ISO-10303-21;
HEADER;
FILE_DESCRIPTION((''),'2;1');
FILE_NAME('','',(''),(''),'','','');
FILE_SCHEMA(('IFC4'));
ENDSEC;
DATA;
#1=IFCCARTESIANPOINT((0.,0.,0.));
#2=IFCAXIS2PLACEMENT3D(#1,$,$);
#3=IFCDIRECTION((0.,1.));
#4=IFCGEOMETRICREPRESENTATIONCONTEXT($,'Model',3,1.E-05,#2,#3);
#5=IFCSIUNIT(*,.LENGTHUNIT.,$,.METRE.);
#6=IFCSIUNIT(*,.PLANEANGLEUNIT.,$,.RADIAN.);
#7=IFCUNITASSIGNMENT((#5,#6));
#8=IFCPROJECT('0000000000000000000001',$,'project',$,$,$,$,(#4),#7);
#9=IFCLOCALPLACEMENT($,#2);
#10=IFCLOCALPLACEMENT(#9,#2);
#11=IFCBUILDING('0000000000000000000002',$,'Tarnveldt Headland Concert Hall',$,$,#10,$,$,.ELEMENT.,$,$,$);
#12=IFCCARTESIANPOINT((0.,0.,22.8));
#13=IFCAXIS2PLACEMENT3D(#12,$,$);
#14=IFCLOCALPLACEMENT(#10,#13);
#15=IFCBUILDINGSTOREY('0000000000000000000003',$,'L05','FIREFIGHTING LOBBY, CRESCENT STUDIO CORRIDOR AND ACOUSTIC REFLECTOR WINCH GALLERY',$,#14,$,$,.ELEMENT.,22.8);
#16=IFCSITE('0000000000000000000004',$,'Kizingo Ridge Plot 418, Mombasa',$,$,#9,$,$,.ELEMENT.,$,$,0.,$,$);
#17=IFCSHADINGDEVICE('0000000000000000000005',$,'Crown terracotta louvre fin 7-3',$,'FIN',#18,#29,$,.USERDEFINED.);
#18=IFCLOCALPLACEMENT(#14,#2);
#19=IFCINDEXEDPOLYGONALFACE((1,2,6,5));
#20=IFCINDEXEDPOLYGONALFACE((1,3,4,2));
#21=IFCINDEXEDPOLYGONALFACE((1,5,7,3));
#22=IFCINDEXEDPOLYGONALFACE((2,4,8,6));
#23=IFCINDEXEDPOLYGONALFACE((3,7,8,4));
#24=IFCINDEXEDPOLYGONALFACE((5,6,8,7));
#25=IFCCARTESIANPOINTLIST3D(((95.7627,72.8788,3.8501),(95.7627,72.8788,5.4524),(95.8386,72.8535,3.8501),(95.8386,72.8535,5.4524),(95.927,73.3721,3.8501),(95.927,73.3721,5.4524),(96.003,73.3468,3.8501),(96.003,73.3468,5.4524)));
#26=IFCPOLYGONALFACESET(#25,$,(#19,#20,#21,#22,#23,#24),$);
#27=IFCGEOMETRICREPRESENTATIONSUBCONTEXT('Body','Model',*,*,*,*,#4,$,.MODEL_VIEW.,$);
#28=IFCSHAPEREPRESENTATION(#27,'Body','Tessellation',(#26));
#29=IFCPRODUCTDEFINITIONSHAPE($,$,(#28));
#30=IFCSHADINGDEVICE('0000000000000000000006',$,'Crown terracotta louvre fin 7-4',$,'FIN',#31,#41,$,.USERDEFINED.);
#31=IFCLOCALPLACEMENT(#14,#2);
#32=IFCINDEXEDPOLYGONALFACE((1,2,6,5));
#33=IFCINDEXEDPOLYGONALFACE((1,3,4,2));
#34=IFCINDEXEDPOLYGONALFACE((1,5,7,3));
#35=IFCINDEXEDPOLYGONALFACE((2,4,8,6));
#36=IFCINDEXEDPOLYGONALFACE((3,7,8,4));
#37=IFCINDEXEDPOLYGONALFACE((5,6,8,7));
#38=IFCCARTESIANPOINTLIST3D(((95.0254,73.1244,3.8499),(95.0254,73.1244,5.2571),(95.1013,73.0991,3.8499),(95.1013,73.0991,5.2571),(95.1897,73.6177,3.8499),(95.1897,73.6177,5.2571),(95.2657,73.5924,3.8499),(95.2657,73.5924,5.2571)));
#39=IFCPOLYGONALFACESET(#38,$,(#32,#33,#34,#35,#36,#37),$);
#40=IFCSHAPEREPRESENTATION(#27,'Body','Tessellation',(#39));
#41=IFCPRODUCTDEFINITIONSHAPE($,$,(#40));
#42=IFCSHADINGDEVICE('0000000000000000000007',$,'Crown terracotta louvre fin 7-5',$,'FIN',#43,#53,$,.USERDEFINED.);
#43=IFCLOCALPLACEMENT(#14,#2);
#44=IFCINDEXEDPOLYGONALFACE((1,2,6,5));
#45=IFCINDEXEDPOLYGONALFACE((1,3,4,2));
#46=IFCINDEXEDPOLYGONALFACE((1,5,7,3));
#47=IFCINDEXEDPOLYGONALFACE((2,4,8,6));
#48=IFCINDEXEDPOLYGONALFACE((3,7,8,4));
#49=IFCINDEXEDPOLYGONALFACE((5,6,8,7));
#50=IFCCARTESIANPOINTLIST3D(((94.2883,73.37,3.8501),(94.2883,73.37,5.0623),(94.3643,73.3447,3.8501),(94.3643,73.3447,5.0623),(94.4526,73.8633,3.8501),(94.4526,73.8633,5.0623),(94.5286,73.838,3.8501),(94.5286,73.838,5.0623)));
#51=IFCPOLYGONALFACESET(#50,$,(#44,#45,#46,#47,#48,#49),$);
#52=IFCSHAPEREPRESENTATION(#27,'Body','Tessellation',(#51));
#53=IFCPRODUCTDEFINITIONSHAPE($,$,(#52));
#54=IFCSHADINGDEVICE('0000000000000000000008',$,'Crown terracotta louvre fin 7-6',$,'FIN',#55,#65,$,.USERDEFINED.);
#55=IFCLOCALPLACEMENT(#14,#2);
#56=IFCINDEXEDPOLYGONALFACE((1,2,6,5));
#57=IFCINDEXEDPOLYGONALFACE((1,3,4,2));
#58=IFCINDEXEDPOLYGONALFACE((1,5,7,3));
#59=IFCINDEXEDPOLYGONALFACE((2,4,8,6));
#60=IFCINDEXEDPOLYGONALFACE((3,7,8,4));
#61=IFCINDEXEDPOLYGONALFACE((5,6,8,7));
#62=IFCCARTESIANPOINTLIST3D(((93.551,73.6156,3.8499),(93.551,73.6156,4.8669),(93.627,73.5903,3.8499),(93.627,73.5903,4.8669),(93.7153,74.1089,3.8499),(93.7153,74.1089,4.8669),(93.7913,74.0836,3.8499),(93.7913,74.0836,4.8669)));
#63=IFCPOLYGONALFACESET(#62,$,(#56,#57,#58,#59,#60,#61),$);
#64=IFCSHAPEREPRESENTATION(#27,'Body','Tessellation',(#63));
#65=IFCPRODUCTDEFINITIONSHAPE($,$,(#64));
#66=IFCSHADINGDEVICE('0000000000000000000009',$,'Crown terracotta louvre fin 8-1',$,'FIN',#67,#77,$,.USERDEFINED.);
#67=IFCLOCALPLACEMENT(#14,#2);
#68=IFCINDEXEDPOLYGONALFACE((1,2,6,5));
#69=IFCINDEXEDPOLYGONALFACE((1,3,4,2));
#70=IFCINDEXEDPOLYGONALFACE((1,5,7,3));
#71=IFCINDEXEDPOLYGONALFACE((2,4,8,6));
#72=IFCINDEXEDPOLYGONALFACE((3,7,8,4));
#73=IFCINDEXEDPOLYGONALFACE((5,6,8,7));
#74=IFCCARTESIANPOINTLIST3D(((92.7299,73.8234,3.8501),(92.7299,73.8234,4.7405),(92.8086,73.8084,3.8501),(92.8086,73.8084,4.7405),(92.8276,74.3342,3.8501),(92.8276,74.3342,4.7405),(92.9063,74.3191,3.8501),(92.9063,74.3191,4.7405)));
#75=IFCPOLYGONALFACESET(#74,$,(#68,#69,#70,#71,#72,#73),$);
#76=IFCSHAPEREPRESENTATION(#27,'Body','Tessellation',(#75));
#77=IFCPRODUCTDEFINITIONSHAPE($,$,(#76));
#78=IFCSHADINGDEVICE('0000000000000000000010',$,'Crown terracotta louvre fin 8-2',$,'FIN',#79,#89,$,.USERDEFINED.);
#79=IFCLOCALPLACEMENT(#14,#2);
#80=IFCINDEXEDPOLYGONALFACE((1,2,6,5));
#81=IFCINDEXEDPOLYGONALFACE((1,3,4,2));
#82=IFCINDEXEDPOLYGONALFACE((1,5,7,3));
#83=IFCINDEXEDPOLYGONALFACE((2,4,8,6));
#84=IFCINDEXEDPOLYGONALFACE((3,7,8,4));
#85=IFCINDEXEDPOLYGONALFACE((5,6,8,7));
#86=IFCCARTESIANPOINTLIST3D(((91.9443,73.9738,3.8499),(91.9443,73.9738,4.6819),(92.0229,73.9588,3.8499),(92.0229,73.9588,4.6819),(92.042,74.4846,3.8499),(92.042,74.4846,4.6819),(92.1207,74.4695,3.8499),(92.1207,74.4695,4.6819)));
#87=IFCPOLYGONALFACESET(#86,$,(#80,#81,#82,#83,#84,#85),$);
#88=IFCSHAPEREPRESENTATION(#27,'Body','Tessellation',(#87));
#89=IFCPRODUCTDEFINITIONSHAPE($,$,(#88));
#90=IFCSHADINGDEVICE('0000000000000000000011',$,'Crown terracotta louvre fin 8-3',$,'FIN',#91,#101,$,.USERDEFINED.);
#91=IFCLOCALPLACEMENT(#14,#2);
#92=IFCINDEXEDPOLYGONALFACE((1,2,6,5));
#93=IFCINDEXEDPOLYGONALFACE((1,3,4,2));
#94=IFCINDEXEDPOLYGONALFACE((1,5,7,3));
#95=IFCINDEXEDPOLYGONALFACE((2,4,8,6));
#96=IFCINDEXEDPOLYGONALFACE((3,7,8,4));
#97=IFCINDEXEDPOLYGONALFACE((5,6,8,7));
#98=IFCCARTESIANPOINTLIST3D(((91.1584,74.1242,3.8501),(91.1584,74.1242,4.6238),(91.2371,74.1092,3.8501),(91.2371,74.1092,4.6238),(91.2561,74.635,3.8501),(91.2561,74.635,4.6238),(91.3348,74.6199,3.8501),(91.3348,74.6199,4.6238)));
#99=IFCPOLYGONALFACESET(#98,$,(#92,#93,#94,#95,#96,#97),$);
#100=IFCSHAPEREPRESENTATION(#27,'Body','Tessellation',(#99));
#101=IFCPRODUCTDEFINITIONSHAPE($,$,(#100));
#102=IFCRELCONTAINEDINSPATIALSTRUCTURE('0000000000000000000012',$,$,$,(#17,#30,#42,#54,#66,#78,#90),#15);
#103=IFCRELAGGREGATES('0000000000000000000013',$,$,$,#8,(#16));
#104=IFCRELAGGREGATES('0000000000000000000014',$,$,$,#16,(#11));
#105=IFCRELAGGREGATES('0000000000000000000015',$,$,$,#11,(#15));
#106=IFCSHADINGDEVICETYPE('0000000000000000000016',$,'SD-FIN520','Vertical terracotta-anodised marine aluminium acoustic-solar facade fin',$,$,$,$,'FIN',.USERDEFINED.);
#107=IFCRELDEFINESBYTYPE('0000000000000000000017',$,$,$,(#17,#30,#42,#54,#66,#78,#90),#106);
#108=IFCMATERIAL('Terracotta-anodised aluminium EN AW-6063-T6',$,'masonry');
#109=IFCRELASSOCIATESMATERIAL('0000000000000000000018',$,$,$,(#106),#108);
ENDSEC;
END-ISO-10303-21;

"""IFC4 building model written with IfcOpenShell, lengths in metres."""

from ifc_helpers import new_model, si_unit, direction, frame, origin, origin_2d, place, context, subcontext, project, spatial, rectangle, extrude, material, type_object, element, save


model = new_model("IFC4")

# Units and contexts
model_context = context("Model", 3, precision=1e-05, world=origin(), true_north=direction((0.0, 1.0)))
body_context = subcontext(model_context, "Body", "Model", "MODEL_VIEW")
ifc_project = project(units=[si_unit("LENGTHUNIT", "METRE"), si_unit("PLANEANGLEUNIT", "RADIAN")], contexts=[model_context])

# Site, building, storey
site_placement = place(None, origin())
site = spatial("IfcSite", under=ifc_project, at=site_placement, Name="Kizingo Ridge Plot 418, Mombasa", CompositionType="ELEMENT", RefElevation=0.0)
building_placement = place(site_placement, origin())
building = spatial("IfcBuilding", under=site, at=building_placement, Name="Tarnveldt Headland Concert Hall", CompositionType="ELEMENT")
storey_placement = place(building_placement, frame((0.0, 0.0, 22.8)))
storey = spatial("IfcBuildingStorey", under=building, at=storey_placement, Name="L05", Description="FIREFIGHTING LOBBY, CRESCENT STUDIO CORRIDOR AND ACOUSTIC REFLECTOR WINCH GALLERY", CompositionType="ELEMENT", Elevation=22.8)

# Shading devices
ifc_material_1 = material(Name="Terracotta-anodised aluminium EN AW-6063-T6", Category="masonry")
shading_device_type = type_object("IfcShadingDeviceType", Name="SD-FIN520", Description="Vertical terracotta-anodised marine aluminium acoustic-solar facade fin", ElementType="FIN", PredefinedType="USERDEFINED", material=ifc_material_1)
shading_device_1_placement = place(storey_placement, frame((95.8828, 73.1128, 3.8501), z_axis=(0.0, 0.0, 1.0), x_axis=(0.31598, 0.948766, 0.0)))
element("IfcShadingDevice", 1, at=shading_device_1_placement, inside=storey, type_object=shading_device_type, Name="Crown terracotta louvre fin 7-3", ObjectType="FIN", PredefinedType="USERDEFINED", context=body_context, shape_type="SweptSolid", body=[
    extrude(rectangle(XDim=0.52, YDim=0.0801, at=origin_2d()), origin(), (0.0, 0.0, 1.0), 1.6023),
])
shading_device_2_placement = place(storey_placement, frame((95.1455, 73.3584, 3.8499), z_axis=(0.0, 0.0, 1.0), x_axis=(0.31598, 0.948766, 0.0)))
element("IfcShadingDevice", 2, at=shading_device_2_placement, inside=storey, type_object=shading_device_type, Name="Crown terracotta louvre fin 7-4", ObjectType="FIN", PredefinedType="USERDEFINED", context=body_context, shape_type="SweptSolid", body=[
    extrude(rectangle(XDim=0.52, YDim=0.0801, at=origin_2d()), origin(), (0.0, 0.0, 1.0), 1.4072),
])
shading_device_3_placement = place(storey_placement, frame((94.4084, 73.604, 3.8501), z_axis=(0.0, 0.0, 1.0), x_axis=(0.31598, 0.948766, 0.0)))
element("IfcShadingDevice", 3, at=shading_device_3_placement, inside=storey, type_object=shading_device_type, Name="Crown terracotta louvre fin 7-5", ObjectType="FIN", PredefinedType="USERDEFINED", context=body_context, shape_type="SweptSolid", body=[
    extrude(rectangle(XDim=0.52, YDim=0.0801, at=origin_2d()), origin(), (0.0, 0.0, 1.0), 1.2122),
])
shading_device_4_placement = place(storey_placement, frame((93.6711, 73.8496, 3.8499), z_axis=(0.0, 0.0, 1.0), x_axis=(0.31598, 0.948766, 0.0)))
element("IfcShadingDevice", 4, at=shading_device_4_placement, inside=storey, type_object=shading_device_type, Name="Crown terracotta louvre fin 7-6", ObjectType="FIN", PredefinedType="USERDEFINED", context=body_context, shape_type="SweptSolid", body=[
    extrude(rectangle(XDim=0.52, YDim=0.0801, at=origin_2d()), origin(), (0.0, 0.0, 1.0), 1.0171),
])
shading_device_5_placement = place(storey_placement, frame((92.8181, 74.0713, 3.8501), z_axis=(0.0, 0.0, 1.0), x_axis=(0.187896, 0.982189, 0.0)))
element("IfcShadingDevice", 5, at=shading_device_5_placement, inside=storey, type_object=shading_device_type, Name="Crown terracotta louvre fin 8-1", ObjectType="FIN", PredefinedType="USERDEFINED", context=body_context, shape_type="SweptSolid", body=[
    extrude(rectangle(XDim=0.52, YDim=0.0801, at=origin_2d()), origin(), (0.0, 0.0, 1.0), 0.8904),
])
shading_device_6_placement = place(storey_placement, frame((92.0325, 74.2217, 3.8499), z_axis=(0.0, 0.0, 1.0), x_axis=(0.187896, 0.982189, 0.0)))
element("IfcShadingDevice", 6, at=shading_device_6_placement, inside=storey, type_object=shading_device_type, Name="Crown terracotta louvre fin 8-2", ObjectType="FIN", PredefinedType="USERDEFINED", context=body_context, shape_type="SweptSolid", body=[
    extrude(rectangle(XDim=0.52, YDim=0.0801, at=origin_2d()), origin(), (0.0, 0.0, 1.0), 0.832),
])
shading_device_7_placement = place(storey_placement, frame((91.2466, 74.3721, 3.8501), z_axis=(0.0, 0.0, 1.0), x_axis=(0.187896, 0.982189, 0.0)))
element("IfcShadingDevice", 7, at=shading_device_7_placement, inside=storey, type_object=shading_device_type, Name="Crown terracotta louvre fin 8-3", ObjectType="FIN", PredefinedType="USERDEFINED", context=body_context, shape_type="SweptSolid", body=[
    extrude(rectangle(XDim=0.52, YDim=0.0801, at=origin_2d()), origin(), (0.0, 0.0, 1.0), 0.7737),
])

save(model, "model.ifc")
